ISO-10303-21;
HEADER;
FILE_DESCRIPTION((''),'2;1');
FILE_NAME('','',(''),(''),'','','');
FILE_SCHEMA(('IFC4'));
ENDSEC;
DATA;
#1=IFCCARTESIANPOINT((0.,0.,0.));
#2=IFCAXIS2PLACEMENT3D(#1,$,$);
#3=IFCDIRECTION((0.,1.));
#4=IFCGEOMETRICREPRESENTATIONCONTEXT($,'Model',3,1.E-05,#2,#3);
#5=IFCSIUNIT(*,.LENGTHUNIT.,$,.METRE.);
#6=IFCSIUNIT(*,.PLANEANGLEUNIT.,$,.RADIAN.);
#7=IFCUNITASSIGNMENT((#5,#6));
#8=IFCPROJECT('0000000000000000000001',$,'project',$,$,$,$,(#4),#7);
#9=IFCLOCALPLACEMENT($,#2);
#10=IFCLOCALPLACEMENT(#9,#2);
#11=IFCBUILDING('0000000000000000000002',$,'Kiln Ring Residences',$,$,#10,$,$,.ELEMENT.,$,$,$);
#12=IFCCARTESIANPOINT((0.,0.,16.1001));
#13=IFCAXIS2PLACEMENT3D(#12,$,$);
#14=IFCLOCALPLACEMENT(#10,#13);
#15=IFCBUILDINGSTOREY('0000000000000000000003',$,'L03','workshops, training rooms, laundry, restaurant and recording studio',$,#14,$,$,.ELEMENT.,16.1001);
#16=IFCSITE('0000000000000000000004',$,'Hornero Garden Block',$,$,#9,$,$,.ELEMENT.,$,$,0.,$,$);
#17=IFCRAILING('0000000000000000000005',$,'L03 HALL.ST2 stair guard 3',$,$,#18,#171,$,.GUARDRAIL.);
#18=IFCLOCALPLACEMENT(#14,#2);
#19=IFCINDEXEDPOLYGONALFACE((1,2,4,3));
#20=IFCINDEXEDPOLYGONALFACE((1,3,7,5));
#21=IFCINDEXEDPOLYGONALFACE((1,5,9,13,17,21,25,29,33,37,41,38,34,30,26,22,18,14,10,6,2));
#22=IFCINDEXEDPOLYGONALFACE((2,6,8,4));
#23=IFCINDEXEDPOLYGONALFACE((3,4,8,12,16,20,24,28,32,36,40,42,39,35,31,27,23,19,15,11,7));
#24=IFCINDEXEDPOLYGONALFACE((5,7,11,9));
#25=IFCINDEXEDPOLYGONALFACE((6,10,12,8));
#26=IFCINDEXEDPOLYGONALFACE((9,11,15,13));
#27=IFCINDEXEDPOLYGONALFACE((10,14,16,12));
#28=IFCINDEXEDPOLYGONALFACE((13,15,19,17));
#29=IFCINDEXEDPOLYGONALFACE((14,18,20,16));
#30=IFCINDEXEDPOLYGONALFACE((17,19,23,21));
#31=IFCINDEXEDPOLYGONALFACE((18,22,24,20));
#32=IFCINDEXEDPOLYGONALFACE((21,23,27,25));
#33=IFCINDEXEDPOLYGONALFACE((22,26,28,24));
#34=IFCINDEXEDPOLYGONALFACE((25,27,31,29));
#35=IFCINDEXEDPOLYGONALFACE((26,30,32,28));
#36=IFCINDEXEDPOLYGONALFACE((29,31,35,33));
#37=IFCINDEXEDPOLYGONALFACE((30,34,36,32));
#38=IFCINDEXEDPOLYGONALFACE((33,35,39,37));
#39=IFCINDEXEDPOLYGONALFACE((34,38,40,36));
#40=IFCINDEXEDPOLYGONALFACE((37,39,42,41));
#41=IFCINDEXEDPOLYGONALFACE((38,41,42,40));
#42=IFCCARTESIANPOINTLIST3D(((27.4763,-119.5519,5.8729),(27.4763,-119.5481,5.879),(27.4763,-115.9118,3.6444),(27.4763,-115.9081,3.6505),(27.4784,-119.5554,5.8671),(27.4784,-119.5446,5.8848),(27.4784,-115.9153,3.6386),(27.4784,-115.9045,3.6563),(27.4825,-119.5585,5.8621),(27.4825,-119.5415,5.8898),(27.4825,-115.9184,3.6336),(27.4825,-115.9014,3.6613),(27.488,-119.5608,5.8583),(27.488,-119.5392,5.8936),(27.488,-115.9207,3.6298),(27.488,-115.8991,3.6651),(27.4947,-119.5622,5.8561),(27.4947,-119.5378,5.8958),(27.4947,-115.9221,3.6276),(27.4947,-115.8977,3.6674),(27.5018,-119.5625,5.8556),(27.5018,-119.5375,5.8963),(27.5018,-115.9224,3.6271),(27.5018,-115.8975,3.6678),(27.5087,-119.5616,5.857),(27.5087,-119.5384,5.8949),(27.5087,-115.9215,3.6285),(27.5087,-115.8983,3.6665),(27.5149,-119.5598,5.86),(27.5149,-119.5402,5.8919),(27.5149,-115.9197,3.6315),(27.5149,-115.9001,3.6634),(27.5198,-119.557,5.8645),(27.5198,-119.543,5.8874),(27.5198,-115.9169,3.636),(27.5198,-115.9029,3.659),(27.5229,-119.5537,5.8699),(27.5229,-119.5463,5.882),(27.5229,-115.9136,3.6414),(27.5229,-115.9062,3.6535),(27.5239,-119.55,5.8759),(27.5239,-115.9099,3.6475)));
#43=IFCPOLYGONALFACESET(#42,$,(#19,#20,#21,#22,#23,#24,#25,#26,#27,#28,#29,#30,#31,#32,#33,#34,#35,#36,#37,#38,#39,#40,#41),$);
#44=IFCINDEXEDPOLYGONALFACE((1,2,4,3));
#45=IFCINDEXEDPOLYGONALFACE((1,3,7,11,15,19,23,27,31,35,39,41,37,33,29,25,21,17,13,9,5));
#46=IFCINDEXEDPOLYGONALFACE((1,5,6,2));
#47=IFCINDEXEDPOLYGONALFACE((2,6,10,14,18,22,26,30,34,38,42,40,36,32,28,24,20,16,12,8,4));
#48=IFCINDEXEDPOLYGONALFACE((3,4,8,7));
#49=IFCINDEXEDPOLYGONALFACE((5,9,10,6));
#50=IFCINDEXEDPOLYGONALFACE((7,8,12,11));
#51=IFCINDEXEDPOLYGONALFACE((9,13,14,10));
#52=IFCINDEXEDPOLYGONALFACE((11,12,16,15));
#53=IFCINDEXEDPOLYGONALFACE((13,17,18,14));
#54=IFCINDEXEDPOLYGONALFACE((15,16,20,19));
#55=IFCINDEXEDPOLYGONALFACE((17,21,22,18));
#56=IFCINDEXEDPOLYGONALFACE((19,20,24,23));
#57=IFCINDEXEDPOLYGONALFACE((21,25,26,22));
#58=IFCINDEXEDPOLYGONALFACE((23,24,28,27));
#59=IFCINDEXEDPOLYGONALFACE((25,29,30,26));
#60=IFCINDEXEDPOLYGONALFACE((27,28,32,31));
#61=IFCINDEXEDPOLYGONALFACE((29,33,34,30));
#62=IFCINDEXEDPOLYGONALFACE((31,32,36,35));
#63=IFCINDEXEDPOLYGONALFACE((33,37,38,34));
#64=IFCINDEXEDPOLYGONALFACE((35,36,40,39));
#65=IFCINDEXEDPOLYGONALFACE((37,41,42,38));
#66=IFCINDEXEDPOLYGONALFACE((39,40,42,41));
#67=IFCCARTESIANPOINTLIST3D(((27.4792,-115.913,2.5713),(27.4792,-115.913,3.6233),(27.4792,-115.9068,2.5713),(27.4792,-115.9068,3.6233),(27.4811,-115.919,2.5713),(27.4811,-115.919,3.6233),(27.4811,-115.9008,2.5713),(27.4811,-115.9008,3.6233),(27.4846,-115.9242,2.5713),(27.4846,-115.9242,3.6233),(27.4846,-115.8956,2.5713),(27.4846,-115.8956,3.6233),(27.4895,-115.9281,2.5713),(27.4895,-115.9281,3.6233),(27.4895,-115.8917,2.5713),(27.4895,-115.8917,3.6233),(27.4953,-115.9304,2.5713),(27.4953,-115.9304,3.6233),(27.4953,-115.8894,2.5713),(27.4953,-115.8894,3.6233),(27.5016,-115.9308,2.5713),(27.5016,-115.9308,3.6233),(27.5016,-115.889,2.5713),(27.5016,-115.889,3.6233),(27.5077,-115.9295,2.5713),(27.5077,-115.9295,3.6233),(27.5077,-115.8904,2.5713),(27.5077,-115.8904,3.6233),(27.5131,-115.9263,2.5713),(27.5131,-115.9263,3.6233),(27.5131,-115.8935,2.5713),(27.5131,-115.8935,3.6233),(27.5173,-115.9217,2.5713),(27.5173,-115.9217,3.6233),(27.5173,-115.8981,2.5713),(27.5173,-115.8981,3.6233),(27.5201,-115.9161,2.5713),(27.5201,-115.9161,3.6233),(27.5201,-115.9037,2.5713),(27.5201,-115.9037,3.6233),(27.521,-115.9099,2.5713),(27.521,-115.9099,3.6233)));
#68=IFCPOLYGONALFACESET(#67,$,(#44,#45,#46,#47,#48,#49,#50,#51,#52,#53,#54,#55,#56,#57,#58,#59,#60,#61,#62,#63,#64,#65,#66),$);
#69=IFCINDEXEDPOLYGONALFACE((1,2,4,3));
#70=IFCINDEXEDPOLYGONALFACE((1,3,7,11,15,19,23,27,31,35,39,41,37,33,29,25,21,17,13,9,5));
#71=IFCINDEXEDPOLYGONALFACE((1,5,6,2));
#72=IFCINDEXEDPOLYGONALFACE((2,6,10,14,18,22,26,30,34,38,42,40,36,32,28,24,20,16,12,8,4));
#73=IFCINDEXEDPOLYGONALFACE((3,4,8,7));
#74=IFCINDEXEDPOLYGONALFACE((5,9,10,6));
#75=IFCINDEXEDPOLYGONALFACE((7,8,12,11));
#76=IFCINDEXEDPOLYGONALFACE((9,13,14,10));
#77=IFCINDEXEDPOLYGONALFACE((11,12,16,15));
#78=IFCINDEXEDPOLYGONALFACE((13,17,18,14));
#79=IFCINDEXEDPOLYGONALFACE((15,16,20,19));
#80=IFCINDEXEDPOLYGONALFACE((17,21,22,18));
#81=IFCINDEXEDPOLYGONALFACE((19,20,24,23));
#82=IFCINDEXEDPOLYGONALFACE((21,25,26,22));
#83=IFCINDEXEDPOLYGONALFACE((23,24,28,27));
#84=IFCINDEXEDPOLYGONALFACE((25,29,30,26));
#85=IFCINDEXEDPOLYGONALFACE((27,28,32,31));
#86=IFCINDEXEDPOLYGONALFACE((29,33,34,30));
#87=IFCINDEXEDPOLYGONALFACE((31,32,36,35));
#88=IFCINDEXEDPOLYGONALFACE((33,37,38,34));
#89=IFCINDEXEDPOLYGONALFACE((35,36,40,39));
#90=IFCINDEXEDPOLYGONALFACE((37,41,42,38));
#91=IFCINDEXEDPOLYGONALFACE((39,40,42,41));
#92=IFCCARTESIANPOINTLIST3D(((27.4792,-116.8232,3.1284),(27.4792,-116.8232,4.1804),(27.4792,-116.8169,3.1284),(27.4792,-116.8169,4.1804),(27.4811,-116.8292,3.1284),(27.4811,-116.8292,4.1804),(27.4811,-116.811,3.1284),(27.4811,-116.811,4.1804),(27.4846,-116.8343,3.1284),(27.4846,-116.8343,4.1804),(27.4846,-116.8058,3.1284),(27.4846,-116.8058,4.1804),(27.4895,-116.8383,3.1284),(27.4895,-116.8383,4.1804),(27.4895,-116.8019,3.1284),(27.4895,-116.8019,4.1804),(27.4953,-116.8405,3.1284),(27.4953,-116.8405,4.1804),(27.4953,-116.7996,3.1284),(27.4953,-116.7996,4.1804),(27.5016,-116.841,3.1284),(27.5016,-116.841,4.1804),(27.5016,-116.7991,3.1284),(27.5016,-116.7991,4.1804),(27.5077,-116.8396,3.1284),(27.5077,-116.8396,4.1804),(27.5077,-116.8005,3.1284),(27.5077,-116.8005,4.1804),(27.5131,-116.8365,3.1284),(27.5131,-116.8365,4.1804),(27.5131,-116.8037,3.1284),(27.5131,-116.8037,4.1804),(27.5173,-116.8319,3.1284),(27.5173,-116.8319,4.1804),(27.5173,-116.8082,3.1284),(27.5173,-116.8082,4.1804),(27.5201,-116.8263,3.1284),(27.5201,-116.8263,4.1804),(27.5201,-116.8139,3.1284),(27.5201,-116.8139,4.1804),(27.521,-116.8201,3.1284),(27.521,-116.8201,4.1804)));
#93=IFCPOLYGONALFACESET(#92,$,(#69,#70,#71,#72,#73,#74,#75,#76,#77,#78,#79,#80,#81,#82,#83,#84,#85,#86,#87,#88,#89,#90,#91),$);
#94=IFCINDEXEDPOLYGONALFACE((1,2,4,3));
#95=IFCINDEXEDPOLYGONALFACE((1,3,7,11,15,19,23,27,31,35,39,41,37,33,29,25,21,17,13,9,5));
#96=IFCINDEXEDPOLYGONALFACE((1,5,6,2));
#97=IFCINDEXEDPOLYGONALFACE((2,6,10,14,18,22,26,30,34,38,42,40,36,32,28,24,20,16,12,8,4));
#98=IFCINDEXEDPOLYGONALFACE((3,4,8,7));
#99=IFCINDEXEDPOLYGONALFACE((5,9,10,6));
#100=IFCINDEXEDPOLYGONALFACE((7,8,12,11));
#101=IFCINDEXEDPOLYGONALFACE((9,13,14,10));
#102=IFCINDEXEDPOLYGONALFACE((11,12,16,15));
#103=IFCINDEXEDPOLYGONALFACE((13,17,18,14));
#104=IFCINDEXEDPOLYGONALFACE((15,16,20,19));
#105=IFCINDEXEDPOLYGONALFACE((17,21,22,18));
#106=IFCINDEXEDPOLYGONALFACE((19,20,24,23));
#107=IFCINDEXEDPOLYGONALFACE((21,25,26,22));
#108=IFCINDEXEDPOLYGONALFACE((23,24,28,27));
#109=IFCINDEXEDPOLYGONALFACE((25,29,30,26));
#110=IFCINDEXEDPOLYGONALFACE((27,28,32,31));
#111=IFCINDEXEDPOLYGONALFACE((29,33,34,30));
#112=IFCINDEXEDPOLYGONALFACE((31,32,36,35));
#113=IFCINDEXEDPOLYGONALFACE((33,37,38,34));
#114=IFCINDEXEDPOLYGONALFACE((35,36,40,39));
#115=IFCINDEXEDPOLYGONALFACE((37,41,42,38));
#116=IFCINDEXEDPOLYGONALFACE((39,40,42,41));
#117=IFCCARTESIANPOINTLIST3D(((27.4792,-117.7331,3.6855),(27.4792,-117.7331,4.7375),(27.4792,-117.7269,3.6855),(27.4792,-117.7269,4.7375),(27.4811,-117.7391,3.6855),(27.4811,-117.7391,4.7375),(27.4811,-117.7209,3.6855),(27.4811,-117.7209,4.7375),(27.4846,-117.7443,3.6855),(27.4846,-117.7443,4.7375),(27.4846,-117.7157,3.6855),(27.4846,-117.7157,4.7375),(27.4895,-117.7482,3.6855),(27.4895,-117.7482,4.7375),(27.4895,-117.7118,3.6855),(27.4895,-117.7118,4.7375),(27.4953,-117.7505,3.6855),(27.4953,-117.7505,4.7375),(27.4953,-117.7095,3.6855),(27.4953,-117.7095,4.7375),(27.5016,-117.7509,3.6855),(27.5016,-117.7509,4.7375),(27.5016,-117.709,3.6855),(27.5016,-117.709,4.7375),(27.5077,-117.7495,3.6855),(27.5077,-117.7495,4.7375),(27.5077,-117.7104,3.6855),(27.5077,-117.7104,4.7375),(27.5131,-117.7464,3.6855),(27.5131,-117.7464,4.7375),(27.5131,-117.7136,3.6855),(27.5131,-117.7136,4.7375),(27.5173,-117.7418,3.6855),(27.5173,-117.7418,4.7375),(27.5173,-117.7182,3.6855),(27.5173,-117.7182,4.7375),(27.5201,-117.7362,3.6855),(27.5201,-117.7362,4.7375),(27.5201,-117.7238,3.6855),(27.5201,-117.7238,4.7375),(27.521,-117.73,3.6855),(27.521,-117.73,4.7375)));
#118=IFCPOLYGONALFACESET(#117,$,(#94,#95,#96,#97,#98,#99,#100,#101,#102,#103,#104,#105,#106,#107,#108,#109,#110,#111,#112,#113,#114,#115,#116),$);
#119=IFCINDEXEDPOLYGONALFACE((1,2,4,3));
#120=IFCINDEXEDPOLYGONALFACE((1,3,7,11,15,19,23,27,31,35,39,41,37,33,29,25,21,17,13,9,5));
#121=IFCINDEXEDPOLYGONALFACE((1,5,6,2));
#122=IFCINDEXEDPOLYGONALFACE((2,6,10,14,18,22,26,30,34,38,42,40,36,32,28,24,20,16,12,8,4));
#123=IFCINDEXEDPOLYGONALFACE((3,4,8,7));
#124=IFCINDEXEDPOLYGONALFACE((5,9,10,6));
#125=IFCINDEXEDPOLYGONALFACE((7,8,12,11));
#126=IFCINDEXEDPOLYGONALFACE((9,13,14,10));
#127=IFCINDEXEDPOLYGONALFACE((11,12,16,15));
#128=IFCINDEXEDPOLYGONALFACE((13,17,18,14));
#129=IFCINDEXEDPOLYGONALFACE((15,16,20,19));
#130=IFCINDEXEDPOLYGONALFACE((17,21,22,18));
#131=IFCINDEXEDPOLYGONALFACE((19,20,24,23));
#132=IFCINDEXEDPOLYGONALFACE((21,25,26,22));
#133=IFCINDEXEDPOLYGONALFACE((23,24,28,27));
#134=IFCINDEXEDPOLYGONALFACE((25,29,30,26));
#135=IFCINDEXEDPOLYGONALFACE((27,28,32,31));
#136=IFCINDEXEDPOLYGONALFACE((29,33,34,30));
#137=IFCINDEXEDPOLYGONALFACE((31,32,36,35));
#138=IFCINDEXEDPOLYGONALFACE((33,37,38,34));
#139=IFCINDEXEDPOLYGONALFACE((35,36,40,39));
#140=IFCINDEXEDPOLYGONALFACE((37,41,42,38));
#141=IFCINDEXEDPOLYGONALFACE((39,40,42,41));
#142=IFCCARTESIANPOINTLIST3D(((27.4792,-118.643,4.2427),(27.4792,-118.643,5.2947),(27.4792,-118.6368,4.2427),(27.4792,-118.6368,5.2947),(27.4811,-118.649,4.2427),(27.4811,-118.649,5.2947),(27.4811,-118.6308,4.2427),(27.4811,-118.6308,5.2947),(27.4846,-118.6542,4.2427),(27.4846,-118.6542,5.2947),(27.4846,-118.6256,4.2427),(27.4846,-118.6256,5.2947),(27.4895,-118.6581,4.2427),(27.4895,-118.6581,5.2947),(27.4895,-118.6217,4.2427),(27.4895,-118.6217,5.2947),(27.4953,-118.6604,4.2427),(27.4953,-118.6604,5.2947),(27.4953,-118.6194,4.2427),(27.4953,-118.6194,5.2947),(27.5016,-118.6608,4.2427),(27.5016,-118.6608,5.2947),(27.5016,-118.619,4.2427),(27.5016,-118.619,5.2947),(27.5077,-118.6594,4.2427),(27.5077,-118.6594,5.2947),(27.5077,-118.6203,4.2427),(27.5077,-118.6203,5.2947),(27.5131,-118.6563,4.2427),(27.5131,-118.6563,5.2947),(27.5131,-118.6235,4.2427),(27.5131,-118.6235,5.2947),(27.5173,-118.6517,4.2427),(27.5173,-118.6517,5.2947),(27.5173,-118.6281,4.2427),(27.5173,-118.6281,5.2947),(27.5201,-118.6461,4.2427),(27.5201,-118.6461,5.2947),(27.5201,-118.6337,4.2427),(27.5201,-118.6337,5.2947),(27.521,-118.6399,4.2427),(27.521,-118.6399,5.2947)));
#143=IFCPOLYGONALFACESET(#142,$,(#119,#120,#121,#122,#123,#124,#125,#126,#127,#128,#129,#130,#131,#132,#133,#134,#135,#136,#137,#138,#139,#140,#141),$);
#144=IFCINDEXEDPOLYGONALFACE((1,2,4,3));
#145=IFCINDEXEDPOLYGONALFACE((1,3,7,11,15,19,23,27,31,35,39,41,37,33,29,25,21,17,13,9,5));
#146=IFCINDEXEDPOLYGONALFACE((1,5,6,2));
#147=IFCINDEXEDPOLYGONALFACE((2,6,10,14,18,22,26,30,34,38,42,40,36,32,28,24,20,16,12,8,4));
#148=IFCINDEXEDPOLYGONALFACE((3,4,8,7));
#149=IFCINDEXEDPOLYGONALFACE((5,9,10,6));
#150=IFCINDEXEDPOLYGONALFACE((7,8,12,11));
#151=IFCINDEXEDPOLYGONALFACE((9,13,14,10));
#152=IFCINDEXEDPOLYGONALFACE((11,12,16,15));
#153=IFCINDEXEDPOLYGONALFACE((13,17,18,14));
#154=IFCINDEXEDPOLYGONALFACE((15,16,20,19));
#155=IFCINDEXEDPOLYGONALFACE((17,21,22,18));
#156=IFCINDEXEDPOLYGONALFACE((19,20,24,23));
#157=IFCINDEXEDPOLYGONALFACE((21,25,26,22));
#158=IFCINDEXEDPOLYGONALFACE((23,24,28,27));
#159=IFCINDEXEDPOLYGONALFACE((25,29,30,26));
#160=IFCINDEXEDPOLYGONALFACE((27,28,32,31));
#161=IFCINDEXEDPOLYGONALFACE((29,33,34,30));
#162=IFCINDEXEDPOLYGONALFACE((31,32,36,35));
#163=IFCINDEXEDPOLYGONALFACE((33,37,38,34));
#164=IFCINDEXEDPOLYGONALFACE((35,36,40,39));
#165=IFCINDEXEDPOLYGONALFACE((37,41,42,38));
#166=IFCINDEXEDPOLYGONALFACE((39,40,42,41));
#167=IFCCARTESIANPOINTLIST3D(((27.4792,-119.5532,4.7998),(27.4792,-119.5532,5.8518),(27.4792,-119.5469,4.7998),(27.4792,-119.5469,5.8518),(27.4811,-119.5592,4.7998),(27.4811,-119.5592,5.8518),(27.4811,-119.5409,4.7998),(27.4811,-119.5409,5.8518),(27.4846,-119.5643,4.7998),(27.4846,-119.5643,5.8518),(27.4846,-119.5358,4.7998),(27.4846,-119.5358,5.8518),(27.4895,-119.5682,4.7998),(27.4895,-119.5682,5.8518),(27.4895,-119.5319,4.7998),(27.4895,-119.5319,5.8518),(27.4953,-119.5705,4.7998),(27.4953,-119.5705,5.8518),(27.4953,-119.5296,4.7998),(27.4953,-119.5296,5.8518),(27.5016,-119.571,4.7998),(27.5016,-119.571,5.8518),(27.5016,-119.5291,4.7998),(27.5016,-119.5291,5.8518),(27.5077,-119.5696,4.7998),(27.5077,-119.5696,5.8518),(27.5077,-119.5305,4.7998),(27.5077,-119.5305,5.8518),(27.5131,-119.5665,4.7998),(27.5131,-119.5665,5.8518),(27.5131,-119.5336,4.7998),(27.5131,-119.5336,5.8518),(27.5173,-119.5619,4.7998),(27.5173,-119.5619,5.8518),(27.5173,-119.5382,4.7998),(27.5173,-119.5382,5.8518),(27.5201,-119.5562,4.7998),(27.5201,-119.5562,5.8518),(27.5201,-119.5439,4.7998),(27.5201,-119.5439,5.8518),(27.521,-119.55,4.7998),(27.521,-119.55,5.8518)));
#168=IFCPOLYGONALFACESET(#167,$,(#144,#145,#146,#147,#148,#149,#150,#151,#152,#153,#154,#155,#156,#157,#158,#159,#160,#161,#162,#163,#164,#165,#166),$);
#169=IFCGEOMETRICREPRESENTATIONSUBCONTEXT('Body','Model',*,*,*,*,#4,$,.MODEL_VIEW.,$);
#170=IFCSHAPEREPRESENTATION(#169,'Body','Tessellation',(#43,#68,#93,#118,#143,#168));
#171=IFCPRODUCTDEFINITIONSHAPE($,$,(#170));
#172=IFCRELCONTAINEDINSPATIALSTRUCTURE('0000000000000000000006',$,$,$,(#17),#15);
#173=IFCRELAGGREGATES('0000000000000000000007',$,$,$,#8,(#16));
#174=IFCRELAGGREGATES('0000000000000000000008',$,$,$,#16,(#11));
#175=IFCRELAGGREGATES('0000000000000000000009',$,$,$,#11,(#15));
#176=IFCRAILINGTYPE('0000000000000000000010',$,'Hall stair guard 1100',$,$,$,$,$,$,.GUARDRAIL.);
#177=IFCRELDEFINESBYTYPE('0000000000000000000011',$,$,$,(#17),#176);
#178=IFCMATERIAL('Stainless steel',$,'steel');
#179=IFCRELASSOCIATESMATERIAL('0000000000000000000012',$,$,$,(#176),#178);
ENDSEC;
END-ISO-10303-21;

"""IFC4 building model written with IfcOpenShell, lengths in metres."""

from ifc_helpers import new_model, si_unit, direction, frame, origin, origin_2d, place, context, subcontext, project, spatial, circle, extrude, material, type_object, element, save


model = new_model("IFC4")

# Units and contexts
model_context = context("Model", 3, precision=1e-05, world=origin(), true_north=direction((0.0, 1.0)))
body_context = subcontext(model_context, "Body", "Model", "MODEL_VIEW")
ifc_project = project(units=[si_unit("LENGTHUNIT", "METRE"), si_unit("PLANEANGLEUNIT", "RADIAN")], contexts=[model_context])

# Site, building, storey
site_placement = place(None, origin())
site = spatial("IfcSite", under=ifc_project, at=site_placement, Name="Hornero Garden Block", CompositionType="ELEMENT", RefElevation=0.0)
building_placement = place(site_placement, origin())
building = spatial("IfcBuilding", under=site, at=building_placement, Name="Kiln Ring Residences", CompositionType="ELEMENT")
storey_placement = place(building_placement, frame((0.0, 0.0, 16.1001)))
storey = spatial("IfcBuildingStorey", under=building, at=storey_placement, Name="L03", Description="workshops, training rooms, laundry, restaurant and recording studio", CompositionType="ELEMENT", Elevation=16.1001)

# Railing
ifc_material_1 = material(Name="Stainless steel", Category="steel")
railing_type_1 = type_object("IfcRailingType", Name="Hall stair guard 1100", PredefinedType="GUARDRAIL", material=ifc_material_1)
railing_1_placement = place(storey_placement, frame((27.5, -115.9099, 2.5713)))
element("IfcRailing", 1, at=railing_1_placement, inside=storey, type_object=railing_type_1, Name="L03 HALL.ST2 stair guard 3", PredefinedType="GUARDRAIL", context=body_context, shape_type="SweptSolid", body=[
    extrude(circle(Radius=0.0239, at=origin_2d()), frame((0.0, 0.0, 1.0762), z_axis=(0.0, -0.852866, 0.52213), x_axis=(1.0, 0.0, 0.0)), (0.0, 0.0, 1.0), 4.2681),
    extrude(circle(Radius=0.021, at=origin_2d()), origin(), (0.0, 0.0, 1.0), 1.052),
    extrude(circle(Radius=0.021, at=origin_2d()), frame((0.0, -0.9102, 0.5571)), (0.0, 0.0, 1.0), 1.052),
    extrude(circle(Radius=0.021, at=origin_2d()), frame((0.0, -1.8201, 1.1143)), (0.0, 0.0, 1.0), 1.052),
    extrude(circle(Radius=0.021, at=origin_2d()), frame((0.0, -2.73, 1.6714)), (0.0, 0.0, 1.0), 1.052),
    extrude(circle(Radius=0.021, at=origin_2d()), frame((0.0, -3.6401, 2.2285)), (0.0, 0.0, 1.0), 1.052),
])

save(model, "model.ifc")
